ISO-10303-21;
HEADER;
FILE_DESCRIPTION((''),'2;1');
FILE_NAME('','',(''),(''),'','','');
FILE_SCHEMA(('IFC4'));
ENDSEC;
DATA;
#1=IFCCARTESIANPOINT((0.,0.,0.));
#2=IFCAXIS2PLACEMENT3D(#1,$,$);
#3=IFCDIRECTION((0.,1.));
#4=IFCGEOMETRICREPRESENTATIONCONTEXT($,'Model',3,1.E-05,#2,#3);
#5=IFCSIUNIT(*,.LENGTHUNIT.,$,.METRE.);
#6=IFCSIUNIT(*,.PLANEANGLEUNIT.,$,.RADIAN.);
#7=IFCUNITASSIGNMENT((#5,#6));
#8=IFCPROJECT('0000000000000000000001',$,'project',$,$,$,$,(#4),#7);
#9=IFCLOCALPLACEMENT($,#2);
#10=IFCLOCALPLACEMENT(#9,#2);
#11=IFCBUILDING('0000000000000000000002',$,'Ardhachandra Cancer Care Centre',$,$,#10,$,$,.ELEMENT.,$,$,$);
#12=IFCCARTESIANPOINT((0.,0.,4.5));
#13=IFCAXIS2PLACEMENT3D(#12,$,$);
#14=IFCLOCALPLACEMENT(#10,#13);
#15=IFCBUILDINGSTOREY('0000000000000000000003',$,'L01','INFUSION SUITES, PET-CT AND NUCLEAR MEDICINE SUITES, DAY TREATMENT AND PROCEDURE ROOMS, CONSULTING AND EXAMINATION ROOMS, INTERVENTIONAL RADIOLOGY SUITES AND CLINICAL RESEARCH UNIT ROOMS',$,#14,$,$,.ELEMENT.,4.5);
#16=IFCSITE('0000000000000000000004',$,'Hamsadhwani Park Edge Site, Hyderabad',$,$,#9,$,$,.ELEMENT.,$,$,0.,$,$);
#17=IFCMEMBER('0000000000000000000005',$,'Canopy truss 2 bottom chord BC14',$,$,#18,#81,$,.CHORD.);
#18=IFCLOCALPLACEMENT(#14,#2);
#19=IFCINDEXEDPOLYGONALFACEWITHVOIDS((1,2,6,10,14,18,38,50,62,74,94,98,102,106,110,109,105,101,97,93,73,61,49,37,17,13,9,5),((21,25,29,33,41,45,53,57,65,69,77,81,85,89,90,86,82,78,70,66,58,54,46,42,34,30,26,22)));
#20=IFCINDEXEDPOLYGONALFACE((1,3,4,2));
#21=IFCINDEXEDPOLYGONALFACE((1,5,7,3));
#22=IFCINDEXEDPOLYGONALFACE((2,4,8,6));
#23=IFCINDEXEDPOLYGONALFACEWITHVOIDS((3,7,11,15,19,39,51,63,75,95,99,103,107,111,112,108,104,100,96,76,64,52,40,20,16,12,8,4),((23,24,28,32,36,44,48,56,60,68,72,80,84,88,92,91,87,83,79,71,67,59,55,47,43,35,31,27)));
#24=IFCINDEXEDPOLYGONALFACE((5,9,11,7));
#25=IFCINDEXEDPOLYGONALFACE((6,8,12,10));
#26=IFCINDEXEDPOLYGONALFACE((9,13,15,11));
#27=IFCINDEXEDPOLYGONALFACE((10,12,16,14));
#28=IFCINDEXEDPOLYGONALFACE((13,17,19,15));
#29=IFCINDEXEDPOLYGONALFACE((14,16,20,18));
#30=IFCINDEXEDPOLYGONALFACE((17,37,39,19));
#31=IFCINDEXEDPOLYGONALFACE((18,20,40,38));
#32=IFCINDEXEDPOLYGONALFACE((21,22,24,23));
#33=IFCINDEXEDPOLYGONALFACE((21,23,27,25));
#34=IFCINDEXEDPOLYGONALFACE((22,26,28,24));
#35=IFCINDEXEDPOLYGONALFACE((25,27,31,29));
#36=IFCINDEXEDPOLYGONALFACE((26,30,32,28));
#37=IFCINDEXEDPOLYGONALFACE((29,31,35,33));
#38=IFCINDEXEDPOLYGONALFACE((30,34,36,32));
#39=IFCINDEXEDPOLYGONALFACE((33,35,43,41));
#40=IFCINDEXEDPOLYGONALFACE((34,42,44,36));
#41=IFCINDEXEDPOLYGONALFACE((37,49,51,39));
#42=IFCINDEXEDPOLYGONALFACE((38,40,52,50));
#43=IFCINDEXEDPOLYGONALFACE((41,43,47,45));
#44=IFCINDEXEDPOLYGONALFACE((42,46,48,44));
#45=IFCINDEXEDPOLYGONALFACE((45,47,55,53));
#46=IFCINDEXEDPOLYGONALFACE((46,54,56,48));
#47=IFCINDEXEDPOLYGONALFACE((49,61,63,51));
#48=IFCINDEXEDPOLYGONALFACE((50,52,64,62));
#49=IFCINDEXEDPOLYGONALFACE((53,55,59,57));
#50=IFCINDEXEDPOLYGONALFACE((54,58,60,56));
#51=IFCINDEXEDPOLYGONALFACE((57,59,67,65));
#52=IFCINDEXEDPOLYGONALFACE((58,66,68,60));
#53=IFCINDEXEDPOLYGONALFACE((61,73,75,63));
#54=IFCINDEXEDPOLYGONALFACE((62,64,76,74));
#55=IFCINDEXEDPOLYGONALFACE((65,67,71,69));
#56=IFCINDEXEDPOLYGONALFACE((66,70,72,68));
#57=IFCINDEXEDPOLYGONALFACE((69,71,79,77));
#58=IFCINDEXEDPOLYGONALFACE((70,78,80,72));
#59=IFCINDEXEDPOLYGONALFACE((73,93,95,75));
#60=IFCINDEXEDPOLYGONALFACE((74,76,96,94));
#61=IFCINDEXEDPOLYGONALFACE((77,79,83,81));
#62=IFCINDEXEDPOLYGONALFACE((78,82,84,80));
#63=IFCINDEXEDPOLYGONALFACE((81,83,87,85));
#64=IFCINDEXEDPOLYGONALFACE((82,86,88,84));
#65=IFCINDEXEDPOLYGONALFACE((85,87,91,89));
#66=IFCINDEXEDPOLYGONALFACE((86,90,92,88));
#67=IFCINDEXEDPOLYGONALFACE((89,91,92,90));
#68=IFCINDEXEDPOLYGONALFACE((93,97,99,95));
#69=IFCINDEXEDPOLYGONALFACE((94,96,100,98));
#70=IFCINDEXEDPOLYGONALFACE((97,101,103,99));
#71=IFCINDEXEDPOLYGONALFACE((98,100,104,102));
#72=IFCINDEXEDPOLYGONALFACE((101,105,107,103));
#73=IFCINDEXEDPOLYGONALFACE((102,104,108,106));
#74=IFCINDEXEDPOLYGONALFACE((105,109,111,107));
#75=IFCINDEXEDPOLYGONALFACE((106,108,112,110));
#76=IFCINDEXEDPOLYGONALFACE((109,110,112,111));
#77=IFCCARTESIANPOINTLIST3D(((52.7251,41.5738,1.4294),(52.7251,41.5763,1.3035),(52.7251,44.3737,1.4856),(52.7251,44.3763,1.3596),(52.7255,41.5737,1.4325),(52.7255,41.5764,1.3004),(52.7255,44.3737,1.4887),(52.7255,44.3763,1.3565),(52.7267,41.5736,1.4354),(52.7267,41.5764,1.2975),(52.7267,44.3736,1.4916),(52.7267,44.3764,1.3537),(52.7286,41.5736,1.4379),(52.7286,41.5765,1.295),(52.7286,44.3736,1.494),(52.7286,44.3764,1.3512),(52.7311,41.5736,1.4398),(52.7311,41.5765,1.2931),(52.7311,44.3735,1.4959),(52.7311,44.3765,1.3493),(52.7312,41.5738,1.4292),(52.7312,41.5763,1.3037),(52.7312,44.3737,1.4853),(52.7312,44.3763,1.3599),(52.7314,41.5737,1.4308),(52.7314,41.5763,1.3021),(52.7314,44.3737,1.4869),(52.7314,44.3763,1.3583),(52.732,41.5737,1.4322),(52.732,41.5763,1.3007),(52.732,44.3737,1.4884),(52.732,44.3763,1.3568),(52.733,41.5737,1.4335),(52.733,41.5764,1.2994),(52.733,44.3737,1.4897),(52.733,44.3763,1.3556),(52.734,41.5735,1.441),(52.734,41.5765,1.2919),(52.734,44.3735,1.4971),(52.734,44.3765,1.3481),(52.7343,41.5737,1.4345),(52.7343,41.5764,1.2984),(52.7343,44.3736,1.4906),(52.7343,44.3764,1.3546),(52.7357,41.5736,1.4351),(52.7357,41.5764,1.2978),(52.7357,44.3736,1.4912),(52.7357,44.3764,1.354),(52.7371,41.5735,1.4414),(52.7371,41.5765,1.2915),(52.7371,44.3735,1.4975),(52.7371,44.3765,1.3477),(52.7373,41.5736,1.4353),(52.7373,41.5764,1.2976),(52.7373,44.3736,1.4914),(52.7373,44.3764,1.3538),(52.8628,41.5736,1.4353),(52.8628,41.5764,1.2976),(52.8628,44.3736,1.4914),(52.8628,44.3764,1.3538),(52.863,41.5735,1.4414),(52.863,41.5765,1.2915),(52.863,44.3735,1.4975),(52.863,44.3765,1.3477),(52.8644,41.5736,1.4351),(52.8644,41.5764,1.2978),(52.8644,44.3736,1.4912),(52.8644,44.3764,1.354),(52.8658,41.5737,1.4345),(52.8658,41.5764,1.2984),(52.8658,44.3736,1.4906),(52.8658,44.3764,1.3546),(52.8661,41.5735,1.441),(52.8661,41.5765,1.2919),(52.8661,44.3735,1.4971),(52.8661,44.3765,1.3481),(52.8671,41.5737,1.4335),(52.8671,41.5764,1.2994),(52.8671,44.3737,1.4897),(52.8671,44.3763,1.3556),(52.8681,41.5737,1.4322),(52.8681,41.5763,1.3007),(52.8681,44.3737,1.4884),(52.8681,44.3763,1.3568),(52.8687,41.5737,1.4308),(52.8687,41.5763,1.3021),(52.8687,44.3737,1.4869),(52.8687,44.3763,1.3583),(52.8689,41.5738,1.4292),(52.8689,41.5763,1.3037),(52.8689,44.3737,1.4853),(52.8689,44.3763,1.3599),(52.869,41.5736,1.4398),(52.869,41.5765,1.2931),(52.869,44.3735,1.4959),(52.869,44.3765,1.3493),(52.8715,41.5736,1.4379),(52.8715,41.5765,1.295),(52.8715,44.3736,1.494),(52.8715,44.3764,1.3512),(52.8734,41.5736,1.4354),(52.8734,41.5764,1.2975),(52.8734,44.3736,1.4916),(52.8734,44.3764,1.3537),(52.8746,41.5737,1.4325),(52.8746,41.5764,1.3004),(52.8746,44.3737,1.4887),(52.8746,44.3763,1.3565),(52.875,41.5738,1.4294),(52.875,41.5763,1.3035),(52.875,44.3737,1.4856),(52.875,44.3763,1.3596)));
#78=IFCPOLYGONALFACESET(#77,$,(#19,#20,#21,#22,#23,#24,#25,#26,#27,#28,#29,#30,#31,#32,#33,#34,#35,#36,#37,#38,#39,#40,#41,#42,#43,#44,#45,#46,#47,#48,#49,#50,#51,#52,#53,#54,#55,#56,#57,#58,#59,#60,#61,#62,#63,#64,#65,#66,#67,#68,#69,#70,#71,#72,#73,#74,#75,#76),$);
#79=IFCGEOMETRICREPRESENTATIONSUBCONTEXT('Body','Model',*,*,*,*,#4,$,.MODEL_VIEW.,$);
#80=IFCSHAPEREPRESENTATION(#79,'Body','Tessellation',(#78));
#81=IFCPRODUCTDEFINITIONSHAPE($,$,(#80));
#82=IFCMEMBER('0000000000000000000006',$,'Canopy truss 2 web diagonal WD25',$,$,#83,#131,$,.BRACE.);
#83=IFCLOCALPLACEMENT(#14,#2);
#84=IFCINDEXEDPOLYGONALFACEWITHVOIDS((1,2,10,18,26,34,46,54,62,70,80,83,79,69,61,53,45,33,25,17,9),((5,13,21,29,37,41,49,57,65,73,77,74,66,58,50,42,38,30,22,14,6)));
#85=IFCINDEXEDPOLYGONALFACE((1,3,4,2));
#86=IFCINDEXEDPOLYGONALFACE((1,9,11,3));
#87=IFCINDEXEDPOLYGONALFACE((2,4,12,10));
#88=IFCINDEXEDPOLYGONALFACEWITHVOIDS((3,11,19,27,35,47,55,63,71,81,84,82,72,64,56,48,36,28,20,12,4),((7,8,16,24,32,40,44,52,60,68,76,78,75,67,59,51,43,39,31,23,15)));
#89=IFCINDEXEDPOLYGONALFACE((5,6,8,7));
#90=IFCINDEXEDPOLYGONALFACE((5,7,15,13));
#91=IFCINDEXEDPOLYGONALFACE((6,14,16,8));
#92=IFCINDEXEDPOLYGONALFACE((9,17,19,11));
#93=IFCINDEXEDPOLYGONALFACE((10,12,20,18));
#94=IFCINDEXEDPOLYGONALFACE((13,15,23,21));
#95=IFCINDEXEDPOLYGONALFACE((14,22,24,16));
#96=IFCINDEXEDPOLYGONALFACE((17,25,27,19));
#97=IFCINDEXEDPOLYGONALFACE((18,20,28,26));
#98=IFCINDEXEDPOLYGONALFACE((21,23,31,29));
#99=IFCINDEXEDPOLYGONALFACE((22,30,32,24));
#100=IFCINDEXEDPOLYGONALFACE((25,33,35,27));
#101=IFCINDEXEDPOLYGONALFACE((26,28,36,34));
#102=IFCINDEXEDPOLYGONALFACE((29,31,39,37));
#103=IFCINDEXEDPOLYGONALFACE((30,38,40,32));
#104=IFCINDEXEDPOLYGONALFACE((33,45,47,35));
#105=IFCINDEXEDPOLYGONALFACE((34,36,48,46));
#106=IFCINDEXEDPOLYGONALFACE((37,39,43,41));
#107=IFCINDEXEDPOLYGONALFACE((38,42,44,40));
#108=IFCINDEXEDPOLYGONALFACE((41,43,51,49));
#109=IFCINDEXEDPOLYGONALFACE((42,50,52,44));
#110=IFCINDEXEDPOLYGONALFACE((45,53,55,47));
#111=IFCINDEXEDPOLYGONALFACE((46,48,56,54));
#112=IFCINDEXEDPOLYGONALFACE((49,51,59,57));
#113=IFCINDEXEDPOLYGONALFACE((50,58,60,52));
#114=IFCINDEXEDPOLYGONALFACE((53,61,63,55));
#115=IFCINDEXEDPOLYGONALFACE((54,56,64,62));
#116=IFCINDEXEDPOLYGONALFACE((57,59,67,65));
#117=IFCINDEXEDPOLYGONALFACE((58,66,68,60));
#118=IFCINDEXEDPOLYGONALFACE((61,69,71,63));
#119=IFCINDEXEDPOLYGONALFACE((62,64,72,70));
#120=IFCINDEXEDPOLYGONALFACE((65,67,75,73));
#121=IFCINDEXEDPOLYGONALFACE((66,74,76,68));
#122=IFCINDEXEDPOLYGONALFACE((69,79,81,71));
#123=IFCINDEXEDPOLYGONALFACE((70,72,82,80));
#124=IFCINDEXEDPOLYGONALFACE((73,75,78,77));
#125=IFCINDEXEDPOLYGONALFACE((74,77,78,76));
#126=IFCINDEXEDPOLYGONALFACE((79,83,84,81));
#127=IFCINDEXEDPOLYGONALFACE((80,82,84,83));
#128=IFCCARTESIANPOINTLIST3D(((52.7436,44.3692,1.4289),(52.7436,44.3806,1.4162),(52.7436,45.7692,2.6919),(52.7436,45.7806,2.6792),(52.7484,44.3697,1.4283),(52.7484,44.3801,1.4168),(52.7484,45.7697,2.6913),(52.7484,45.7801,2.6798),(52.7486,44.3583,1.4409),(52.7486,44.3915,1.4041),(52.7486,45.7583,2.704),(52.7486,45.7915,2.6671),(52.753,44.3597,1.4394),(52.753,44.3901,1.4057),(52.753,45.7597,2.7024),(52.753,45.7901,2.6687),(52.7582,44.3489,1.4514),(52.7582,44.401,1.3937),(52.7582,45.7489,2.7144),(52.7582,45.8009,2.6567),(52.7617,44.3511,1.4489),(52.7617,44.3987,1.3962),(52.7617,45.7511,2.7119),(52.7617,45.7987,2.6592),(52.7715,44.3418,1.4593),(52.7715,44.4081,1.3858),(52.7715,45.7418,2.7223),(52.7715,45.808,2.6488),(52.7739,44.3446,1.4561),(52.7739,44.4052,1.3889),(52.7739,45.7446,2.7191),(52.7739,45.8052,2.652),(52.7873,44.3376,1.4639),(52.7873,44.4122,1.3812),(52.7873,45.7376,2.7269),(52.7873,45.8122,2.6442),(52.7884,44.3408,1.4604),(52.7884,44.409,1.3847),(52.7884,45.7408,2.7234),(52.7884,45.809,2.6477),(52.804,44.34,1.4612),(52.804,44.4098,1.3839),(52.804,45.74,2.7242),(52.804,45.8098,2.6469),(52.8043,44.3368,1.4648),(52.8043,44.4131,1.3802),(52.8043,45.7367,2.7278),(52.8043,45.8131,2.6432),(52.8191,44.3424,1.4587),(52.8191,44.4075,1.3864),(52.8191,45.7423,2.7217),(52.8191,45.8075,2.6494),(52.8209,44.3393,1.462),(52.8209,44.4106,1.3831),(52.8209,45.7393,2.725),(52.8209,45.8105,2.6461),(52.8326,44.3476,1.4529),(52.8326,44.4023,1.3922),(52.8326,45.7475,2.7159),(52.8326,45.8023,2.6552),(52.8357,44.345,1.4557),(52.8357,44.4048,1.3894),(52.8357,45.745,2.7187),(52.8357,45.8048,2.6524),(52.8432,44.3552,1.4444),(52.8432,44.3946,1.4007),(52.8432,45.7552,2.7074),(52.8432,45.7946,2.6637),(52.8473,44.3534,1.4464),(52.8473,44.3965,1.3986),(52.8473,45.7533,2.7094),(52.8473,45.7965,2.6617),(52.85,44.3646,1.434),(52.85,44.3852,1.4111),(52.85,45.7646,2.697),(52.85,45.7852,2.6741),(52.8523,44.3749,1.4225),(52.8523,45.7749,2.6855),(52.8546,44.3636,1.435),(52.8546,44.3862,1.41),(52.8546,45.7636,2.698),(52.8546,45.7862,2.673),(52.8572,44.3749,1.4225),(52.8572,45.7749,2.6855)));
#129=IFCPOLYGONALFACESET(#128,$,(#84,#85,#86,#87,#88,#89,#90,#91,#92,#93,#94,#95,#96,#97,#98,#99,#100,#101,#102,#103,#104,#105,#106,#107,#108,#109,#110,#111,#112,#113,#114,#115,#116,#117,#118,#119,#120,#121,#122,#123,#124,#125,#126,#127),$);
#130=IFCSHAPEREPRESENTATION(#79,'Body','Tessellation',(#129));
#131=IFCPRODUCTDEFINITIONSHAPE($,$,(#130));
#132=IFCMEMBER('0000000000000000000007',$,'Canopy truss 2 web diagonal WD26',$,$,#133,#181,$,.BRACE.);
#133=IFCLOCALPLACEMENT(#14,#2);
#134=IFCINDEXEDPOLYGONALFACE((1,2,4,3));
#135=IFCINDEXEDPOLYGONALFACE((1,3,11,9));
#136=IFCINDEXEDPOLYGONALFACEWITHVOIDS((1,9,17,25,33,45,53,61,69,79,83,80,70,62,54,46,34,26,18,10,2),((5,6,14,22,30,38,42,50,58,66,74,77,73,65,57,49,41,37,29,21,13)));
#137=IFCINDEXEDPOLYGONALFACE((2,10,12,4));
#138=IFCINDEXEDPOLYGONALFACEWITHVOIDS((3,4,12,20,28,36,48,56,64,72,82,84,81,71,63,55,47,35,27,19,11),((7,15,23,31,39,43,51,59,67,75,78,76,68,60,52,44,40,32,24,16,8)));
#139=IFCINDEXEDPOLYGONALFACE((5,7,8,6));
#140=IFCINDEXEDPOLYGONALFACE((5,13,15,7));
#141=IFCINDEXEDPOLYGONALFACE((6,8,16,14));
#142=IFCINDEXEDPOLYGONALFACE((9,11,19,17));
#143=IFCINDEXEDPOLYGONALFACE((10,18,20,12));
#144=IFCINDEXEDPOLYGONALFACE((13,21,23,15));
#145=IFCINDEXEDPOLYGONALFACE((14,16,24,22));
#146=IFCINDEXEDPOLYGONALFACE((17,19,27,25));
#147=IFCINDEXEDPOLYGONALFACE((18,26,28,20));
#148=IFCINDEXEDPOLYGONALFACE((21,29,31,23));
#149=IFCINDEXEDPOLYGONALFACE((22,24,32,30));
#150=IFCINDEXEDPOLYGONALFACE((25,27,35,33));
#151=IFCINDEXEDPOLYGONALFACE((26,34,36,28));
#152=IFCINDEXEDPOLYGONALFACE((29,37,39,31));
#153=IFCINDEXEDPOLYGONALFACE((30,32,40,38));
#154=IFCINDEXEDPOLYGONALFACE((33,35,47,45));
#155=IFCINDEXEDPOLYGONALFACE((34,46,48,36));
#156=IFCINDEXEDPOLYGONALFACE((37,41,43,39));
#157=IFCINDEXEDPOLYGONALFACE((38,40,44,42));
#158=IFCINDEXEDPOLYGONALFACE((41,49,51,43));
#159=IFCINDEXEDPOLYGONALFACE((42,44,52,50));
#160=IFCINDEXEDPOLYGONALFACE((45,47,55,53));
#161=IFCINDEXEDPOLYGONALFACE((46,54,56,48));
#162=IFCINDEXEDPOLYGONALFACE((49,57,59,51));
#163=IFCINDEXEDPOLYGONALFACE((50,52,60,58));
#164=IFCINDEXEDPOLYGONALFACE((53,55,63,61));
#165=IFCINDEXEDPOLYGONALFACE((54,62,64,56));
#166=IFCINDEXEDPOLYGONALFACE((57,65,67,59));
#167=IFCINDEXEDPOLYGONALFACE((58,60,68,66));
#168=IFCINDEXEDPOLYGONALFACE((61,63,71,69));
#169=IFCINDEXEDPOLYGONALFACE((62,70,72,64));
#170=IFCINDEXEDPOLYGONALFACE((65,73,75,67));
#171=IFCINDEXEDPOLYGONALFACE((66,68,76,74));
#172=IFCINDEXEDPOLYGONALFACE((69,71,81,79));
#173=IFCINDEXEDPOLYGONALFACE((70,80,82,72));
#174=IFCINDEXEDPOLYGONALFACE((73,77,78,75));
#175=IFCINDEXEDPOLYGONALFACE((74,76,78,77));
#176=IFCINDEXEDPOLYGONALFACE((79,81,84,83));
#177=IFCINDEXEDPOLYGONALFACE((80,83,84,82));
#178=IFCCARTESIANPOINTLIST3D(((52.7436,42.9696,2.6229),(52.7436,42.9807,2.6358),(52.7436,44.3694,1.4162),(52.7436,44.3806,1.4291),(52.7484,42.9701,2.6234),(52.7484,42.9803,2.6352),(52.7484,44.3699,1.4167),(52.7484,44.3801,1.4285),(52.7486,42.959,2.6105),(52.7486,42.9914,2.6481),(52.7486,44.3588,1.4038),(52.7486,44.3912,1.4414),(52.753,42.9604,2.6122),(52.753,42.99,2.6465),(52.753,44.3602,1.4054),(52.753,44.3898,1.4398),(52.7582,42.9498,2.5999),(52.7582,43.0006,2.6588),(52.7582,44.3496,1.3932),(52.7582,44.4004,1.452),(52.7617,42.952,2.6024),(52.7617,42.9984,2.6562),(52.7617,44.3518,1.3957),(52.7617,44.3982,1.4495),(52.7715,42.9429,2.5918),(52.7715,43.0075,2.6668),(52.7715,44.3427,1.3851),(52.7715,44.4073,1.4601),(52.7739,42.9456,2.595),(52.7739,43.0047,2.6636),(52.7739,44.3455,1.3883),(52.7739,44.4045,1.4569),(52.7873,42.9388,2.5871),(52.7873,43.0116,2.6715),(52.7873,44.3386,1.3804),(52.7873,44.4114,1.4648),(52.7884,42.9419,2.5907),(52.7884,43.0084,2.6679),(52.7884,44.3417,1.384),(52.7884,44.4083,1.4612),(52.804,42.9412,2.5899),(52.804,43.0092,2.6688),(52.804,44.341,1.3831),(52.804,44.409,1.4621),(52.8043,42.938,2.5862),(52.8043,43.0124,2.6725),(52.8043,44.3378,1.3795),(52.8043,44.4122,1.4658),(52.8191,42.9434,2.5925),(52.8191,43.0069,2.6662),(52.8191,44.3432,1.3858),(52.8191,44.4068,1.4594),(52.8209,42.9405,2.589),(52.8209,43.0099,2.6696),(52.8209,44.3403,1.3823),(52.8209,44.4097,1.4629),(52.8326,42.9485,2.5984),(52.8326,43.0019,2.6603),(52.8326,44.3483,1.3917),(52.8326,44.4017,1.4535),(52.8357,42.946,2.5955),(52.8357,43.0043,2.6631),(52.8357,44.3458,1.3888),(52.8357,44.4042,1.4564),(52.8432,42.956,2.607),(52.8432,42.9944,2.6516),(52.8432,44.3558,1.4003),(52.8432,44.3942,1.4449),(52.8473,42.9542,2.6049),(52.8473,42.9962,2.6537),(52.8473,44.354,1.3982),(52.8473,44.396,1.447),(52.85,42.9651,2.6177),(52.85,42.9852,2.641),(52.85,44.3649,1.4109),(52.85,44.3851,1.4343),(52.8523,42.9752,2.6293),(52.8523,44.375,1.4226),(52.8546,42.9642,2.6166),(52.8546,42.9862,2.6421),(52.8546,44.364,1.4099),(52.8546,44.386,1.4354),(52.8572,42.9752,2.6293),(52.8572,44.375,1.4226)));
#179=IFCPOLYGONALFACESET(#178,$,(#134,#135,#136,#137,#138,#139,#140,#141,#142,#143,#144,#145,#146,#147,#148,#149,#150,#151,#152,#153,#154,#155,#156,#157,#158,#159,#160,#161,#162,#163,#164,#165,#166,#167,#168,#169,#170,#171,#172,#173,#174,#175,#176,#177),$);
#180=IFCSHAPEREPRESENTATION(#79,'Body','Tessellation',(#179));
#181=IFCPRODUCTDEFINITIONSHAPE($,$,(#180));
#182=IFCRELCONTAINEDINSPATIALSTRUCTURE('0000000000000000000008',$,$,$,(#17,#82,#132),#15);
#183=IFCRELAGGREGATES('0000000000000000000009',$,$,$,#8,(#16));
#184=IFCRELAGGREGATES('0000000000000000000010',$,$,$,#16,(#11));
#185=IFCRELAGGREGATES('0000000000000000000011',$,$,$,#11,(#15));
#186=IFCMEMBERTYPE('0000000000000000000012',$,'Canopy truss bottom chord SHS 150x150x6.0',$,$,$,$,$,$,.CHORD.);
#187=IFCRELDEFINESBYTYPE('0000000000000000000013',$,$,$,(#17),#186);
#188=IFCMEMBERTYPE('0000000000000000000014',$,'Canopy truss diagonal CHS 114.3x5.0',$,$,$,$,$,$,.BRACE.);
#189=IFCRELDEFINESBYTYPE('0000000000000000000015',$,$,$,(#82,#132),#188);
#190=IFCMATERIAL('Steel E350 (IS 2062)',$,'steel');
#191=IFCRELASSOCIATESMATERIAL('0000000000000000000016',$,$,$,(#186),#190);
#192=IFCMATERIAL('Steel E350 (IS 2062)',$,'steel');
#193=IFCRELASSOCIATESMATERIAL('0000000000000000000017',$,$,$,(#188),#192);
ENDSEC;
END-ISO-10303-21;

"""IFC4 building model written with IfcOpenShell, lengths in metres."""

from ifc_helpers import new_model, si_unit, direction, frame, origin, origin_2d, place, context, subcontext, project, spatial, hollow_rectangle, hollow_circle, extrude, material, material_profile, profile_set, type_object, element, save


model = new_model("IFC4")

# Units and contexts
model_context = context("Model", 3, precision=1e-05, world=origin(), true_north=direction((0.0, 1.0)))
body_context = subcontext(model_context, "Body", "Model", "MODEL_VIEW")
ifc_project = project(units=[si_unit("LENGTHUNIT", "METRE"), si_unit("PLANEANGLEUNIT", "RADIAN")], contexts=[model_context])

# Site, building, storey
site_placement = place(None, origin())
site = spatial("IfcSite", under=ifc_project, at=site_placement, Name="Hamsadhwani Park Edge Site, Hyderabad", CompositionType="ELEMENT", RefElevation=0.0)
building_placement = place(site_placement, origin())
building = spatial("IfcBuilding", under=site, at=building_placement, Name="Ardhachandra Cancer Care Centre", CompositionType="ELEMENT")
storey_placement = place(building_placement, frame((0.0, 0.0, 4.5)))
storey = spatial("IfcBuildingStorey", under=building, at=storey_placement, Name="L01", Description="INFUSION SUITES, PET-CT AND NUCLEAR MEDICINE SUITES, DAY TREATMENT AND PROCEDURE ROOMS, CONSULTING AND EXAMINATION ROOMS, INTERVENTIONAL RADIOLOGY SUITES AND CLINICAL RESEARCH UNIT ROOMS", CompositionType="ELEMENT", Elevation=4.5)

# Members
ifc_material_1 = material(Name="Steel E350 (IS 2062)", Category="steel")
ifc_material_profile_1 = material_profile(ifc_material_1, hollow_rectangle(XDim=0.1499, YDim=0.1499, WallThickness=0.0061, InnerFilletRadius=0.0061, OuterFilletRadius=0.012, at=origin_2d()), Name="SHS 150x150x6.0")
ifc_profile_set_1 = profile_set([ifc_material_profile_1], Name="Steel E350 (IS 2062)")
member_type_1 = type_object("IfcMemberType", Name="Canopy truss bottom chord SHS 150x150x6.0", PredefinedType="CHORD", material=ifc_profile_set_1)
member_1_placement = place(storey_placement, frame((52.8, 44.375, 1.4226), z_axis=(0.0, -0.999799, -0.02005), x_axis=(1.0, 0.0, 0.0)))
element("IfcMember", 1, at=member_1_placement, inside=storey, type_object=member_type_1, Name="Canopy truss 2 bottom chord BC14", PredefinedType="CHORD", context=body_context, shape_type="SweptSolid", body=[
    extrude(hollow_rectangle(XDim=0.1499, YDim=0.1499, WallThickness=0.0061, InnerFilletRadius=0.0061, OuterFilletRadius=0.012, at=origin_2d()), origin(), (0.0, 0.0, 1.0), 2.8005),
])
ifc_material_2 = material(Name="Steel E350 (IS 2062)", Category="steel")
ifc_material_profile_2 = material_profile(ifc_material_2, hollow_circle(Radius=0.0571, WallThickness=0.0049, at=origin_2d()), Name="CHS 114.3x5.0")
ifc_profile_set_2 = profile_set([ifc_material_profile_2], Name="Steel E350 (IS 2062)")
member_type_2 = type_object("IfcMemberType", Name="Canopy truss diagonal CHS 114.3x5.0", PredefinedType="BRACE", material=ifc_profile_set_2)
member_2_placement = place(storey_placement, frame((52.8, 45.7749, 2.6855), z_axis=(0.0, -0.742495, -0.669851), x_axis=(1.0, 0.0, 0.0)))
element("IfcMember", 2, at=member_2_placement, inside=storey, type_object=member_type_2, Name="Canopy truss 2 web diagonal WD25", PredefinedType="BRACE", context=body_context, shape_type="SweptSolid", body=[
    extrude(hollow_circle(Radius=0.0571, WallThickness=0.0049, at=origin_2d()), origin(), (0.0, 0.0, 1.0), 1.8855),
])
member_3_placement = place(storey_placement, frame((52.8, 44.375, 1.4226), z_axis=(0.0, -0.757417, 0.652932), x_axis=(1.0, 0.0, 0.0)))
element("IfcMember", 3, at=member_3_placement, inside=storey, type_object=member_type_2, Name="Canopy truss 2 web diagonal WD26", PredefinedType="BRACE", context=body_context, shape_type="SweptSolid", body=[
    extrude(hollow_circle(Radius=0.0571, WallThickness=0.0049, at=origin_2d()), origin(), (0.0, 0.0, 1.0), 1.8481),
])

save(model, "model.ifc")
